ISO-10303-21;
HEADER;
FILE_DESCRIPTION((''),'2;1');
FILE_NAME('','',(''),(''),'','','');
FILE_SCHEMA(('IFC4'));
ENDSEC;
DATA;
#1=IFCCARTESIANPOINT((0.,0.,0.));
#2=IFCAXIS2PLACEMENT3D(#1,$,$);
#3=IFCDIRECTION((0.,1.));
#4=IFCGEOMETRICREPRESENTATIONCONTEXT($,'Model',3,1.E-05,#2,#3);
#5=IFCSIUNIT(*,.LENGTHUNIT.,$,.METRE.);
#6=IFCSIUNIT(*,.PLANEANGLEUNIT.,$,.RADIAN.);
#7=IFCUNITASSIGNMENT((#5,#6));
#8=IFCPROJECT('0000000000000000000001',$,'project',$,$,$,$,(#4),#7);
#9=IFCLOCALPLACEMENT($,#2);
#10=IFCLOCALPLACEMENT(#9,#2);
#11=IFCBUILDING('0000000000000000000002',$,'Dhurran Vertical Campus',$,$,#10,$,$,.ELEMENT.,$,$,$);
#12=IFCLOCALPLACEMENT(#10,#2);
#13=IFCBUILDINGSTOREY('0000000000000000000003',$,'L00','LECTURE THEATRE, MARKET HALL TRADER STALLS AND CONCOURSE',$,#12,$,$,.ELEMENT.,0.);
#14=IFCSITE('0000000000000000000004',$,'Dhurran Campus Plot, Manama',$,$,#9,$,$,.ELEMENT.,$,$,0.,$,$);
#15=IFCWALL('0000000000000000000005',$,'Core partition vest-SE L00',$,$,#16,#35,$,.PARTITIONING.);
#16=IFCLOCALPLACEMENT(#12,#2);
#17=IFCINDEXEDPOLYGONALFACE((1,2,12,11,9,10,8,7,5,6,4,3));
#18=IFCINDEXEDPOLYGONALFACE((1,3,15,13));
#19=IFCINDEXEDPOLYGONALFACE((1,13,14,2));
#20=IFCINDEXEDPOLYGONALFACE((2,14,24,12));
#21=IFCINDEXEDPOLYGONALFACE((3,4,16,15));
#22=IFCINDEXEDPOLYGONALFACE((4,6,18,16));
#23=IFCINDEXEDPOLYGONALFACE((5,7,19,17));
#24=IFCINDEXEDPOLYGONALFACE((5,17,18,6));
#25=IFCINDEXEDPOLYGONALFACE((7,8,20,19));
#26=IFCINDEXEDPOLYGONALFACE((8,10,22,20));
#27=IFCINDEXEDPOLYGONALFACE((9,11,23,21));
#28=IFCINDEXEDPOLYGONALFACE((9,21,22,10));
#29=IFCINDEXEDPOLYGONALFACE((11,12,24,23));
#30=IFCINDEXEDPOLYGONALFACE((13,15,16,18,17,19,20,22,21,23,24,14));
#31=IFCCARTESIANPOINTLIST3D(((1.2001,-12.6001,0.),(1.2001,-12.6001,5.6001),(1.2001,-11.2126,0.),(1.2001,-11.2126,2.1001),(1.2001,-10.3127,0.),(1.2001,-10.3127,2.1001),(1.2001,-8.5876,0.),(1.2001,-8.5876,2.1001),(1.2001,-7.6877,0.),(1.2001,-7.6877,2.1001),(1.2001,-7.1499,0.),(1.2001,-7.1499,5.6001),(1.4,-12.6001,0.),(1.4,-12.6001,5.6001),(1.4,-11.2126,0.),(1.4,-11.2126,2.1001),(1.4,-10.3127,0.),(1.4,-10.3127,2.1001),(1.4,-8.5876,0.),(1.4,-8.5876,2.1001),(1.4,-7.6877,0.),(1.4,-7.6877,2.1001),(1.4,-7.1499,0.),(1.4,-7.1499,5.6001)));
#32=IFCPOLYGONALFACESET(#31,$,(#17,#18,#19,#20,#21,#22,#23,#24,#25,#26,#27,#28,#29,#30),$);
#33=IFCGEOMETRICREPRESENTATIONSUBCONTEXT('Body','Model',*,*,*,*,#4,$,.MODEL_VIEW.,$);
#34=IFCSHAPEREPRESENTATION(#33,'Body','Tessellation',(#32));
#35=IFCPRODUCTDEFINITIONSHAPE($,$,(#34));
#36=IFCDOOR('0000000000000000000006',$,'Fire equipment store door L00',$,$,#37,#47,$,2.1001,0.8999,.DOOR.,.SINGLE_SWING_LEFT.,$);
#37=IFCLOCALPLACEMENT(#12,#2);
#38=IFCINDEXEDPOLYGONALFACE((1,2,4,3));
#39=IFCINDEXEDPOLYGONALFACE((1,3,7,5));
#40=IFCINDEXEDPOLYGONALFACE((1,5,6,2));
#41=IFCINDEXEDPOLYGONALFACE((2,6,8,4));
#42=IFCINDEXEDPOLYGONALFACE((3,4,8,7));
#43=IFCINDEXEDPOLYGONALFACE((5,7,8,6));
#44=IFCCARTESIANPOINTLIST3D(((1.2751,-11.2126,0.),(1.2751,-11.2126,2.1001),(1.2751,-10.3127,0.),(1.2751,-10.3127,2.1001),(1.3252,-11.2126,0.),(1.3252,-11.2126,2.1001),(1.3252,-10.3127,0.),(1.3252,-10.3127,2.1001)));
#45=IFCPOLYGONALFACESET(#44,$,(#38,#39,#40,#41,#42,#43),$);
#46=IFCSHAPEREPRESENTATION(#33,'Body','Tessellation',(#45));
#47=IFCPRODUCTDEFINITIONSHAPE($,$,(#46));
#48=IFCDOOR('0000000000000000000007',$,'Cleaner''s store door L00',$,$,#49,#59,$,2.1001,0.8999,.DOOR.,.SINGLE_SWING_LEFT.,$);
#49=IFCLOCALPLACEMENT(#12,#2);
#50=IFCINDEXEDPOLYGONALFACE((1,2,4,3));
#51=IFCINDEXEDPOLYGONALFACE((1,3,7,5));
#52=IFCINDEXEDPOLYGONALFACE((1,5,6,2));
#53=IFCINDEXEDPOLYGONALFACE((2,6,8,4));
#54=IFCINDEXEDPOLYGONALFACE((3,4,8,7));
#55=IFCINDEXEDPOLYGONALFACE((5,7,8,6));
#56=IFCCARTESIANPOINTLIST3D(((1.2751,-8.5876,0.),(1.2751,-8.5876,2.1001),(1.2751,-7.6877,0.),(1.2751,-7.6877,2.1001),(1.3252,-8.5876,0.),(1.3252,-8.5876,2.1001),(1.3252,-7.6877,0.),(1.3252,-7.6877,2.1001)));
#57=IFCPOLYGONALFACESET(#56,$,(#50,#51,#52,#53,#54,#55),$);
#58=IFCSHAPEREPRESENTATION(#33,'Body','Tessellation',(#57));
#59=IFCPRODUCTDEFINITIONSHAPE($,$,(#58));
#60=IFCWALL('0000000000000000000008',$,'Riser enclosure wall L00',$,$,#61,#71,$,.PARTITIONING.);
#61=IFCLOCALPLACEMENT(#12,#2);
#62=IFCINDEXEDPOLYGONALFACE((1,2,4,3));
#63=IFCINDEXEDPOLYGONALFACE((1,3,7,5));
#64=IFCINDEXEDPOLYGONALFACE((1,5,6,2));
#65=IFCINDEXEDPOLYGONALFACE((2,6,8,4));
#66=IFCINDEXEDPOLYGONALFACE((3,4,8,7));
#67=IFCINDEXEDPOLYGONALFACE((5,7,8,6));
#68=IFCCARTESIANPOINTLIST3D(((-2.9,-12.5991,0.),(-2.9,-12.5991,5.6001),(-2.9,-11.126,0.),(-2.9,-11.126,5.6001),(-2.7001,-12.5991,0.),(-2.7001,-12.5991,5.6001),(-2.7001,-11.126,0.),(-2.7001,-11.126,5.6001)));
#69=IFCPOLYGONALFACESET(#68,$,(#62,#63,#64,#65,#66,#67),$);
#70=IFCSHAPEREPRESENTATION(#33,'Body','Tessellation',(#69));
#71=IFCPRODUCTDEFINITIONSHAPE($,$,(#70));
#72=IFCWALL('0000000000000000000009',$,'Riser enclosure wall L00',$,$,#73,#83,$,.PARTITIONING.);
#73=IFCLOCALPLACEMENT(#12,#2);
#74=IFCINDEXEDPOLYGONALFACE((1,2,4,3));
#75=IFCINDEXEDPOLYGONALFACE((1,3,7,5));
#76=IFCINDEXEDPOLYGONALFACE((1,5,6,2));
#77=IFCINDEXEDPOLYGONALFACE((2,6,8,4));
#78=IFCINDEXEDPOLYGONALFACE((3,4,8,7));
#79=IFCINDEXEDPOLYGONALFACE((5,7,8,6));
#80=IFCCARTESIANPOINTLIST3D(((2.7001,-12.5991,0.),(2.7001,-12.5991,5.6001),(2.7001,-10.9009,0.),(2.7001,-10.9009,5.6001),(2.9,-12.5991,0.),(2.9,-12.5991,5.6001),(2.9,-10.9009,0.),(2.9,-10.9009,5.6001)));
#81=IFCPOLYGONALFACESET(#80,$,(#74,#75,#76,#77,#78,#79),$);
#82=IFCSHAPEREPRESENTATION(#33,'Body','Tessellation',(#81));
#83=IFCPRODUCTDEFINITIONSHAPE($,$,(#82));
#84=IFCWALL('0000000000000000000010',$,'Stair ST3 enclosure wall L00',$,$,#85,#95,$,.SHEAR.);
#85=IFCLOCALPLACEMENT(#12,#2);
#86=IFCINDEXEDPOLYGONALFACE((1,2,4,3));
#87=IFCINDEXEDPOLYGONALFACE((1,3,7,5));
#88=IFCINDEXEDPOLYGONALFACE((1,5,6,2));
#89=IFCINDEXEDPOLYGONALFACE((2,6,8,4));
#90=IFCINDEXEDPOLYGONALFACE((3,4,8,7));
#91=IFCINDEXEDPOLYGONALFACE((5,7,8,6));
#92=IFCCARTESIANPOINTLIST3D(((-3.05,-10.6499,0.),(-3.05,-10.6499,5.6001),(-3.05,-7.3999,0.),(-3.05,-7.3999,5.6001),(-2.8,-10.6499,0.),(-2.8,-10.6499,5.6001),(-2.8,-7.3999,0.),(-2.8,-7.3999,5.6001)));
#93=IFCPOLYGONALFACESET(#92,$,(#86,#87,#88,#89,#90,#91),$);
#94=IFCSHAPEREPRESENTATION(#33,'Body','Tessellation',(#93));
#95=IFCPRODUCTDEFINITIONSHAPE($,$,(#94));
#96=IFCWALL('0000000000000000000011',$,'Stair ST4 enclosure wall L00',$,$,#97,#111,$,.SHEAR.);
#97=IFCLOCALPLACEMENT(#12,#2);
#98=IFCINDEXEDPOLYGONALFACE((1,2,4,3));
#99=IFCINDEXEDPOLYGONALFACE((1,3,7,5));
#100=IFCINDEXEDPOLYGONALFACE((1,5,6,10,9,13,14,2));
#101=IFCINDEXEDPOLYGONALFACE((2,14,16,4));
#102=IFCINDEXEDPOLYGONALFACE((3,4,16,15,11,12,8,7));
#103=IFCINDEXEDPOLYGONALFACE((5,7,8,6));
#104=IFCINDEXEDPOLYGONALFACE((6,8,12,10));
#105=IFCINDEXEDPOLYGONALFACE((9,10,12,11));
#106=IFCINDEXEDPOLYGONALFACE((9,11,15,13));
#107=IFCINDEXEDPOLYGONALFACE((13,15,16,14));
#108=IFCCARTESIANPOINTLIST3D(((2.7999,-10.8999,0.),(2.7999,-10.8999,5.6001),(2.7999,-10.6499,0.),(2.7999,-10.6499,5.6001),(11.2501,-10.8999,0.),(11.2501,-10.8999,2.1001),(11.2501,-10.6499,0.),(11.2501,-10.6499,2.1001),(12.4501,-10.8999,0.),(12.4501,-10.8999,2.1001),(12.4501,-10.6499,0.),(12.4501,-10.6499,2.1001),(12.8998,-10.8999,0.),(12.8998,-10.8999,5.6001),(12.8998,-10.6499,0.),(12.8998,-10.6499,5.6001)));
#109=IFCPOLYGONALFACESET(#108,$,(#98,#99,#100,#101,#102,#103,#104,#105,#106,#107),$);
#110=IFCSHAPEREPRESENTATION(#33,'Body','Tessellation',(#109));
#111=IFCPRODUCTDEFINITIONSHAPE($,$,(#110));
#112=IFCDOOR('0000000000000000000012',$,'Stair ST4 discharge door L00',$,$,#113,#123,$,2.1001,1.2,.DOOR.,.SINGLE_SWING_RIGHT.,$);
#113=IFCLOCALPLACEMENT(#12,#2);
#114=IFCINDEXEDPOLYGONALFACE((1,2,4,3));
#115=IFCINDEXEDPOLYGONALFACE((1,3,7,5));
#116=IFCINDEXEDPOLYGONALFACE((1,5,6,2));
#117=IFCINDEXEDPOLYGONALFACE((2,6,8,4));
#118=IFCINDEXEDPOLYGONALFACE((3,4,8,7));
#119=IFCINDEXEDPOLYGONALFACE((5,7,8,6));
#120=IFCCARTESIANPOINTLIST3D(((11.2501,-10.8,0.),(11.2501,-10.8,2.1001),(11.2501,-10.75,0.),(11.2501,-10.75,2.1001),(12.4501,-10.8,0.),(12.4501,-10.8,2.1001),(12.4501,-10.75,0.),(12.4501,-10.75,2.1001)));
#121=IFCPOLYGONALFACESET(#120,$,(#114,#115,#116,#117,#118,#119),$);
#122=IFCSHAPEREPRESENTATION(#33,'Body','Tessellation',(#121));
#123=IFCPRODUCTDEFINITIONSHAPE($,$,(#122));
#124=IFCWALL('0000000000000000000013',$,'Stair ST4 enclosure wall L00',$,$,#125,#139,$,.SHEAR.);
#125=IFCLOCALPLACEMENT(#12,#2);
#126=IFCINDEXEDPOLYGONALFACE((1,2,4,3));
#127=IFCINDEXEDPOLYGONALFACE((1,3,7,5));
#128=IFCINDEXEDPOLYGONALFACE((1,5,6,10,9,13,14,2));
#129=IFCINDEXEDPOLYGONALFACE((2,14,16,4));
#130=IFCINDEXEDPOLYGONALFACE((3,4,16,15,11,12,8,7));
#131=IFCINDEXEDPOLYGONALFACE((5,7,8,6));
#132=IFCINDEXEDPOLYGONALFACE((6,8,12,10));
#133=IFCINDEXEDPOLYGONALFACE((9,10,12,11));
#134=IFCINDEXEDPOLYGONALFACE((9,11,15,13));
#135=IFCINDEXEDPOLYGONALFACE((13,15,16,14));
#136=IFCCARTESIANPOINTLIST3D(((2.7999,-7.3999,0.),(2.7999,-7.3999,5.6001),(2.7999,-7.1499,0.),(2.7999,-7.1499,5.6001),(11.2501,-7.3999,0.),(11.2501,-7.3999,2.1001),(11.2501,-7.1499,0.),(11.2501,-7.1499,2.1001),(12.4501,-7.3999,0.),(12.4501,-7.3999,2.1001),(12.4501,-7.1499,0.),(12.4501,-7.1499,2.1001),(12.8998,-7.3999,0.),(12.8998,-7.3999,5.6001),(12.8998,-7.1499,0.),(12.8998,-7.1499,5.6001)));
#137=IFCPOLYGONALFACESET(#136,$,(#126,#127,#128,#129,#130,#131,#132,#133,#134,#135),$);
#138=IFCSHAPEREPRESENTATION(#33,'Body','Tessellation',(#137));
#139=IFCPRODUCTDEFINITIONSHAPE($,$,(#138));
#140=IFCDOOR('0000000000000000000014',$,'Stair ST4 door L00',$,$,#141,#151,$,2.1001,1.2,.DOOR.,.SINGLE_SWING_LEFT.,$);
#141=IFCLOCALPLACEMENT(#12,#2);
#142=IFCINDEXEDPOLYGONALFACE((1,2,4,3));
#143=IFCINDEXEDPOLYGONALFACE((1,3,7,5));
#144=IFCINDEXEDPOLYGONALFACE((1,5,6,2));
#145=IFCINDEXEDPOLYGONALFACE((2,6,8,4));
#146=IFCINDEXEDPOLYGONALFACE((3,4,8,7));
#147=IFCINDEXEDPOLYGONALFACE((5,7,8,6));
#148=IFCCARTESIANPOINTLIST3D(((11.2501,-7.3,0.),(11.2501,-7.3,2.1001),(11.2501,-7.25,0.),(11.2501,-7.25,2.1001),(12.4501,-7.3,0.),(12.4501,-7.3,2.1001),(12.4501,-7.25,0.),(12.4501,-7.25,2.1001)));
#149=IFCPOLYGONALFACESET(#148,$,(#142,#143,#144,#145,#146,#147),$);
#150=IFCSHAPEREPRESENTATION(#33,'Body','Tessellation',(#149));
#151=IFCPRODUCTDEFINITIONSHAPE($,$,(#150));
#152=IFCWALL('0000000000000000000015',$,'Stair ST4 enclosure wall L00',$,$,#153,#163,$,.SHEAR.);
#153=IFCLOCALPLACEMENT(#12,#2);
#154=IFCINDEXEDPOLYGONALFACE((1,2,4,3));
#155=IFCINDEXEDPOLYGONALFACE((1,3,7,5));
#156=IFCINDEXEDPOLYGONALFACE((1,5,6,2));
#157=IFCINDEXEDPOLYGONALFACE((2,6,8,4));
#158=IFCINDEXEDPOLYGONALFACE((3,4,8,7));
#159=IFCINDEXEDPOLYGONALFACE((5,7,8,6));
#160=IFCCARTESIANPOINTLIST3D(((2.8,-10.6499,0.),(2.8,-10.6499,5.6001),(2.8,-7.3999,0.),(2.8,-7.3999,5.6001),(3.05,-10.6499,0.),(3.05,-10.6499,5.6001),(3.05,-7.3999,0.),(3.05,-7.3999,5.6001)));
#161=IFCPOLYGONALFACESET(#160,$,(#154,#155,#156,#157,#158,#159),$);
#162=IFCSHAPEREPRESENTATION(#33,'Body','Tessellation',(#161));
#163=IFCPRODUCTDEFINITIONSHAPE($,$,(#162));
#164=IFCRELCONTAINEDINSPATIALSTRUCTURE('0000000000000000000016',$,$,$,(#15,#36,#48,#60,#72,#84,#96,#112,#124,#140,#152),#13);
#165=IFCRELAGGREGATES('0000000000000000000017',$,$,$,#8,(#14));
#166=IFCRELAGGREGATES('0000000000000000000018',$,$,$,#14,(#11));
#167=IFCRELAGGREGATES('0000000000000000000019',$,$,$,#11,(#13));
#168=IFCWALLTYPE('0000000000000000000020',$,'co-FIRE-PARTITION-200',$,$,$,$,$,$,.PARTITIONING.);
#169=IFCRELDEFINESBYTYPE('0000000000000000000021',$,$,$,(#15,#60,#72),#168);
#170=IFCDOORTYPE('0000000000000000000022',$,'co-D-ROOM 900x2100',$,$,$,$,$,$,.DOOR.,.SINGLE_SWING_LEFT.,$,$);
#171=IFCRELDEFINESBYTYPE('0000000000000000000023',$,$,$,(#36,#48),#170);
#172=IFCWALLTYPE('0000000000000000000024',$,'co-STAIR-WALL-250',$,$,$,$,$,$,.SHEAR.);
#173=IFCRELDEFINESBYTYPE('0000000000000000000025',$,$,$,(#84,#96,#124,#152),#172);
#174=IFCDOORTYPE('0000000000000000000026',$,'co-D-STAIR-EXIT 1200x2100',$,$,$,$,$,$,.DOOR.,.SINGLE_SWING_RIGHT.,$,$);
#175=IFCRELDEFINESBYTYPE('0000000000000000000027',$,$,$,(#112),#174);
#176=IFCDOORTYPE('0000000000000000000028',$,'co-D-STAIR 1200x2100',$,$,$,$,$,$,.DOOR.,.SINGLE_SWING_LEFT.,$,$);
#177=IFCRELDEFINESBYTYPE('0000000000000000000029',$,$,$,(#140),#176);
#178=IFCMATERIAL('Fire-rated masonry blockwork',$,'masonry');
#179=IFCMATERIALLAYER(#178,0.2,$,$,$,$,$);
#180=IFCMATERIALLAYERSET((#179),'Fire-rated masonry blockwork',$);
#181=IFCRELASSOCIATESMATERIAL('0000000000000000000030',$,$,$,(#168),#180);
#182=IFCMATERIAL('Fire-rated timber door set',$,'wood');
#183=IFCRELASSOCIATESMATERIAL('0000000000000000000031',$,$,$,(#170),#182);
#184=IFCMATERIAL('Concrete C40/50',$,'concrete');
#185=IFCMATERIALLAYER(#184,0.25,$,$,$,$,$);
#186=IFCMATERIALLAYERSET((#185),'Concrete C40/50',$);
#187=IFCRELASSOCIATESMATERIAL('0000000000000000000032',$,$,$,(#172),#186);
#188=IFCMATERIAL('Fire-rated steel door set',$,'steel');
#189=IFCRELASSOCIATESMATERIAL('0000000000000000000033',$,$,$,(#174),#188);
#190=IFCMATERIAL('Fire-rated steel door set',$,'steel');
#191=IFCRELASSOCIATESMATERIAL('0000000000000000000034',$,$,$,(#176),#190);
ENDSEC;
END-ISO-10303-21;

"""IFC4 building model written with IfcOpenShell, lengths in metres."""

from ifc_helpers import new_model, si_unit, direction, frame, frame_2d, origin, place, context, subcontext, project, spatial, rectangle, extrude, material, layer, layer_set, type_object, element, fill, save


model = new_model("IFC4")

# Units and contexts
model_context = context("Model", 3, precision=1e-05, world=origin(), true_north=direction((0.0, 1.0)))
body_context = subcontext(model_context, "Body", "Model", "MODEL_VIEW")
ifc_project = project(units=[si_unit("LENGTHUNIT", "METRE"), si_unit("PLANEANGLEUNIT", "RADIAN")], contexts=[model_context])

# Site, building, storey
site_placement = place(None, origin())
site = spatial("IfcSite", under=ifc_project, at=site_placement, Name="Dhurran Campus Plot, Manama", CompositionType="ELEMENT", RefElevation=0.0)
building_placement = place(site_placement, origin())
building = spatial("IfcBuilding", under=site, at=building_placement, Name="Dhurran Vertical Campus", CompositionType="ELEMENT")
storey_placement = place(building_placement, origin())
storey = spatial("IfcBuildingStorey", under=building, at=storey_placement, Name="L00", Description="LECTURE THEATRE, MARKET HALL TRADER STALLS AND CONCOURSE", CompositionType="ELEMENT", Elevation=0.0)

# Shared definitions
ifc_material_1 = material(Name="Fire-rated masonry blockwork", Category="masonry")
ifc_layer_1 = layer(ifc_material_1, 0.2)
ifc_layer_set_1 = layer_set([ifc_layer_1], Name="Fire-rated masonry blockwork")
wall_type_1 = type_object("IfcWallType", Name="co-FIRE-PARTITION-200", PredefinedType="PARTITIONING", material=ifc_layer_set_1)

# Wall, openings, doors
ifc_material_2 = material(Name="Fire-rated timber door set", Category="wood")
door_type_1 = type_object("IfcDoorType", Name="co-D-ROOM 900x2100", OperationType="SINGLE_SWING_LEFT", PredefinedType="DOOR", material=ifc_material_2)
wall_1_placement = place(storey_placement, frame((1.3, -12.6001, 0.0), z_axis=(0.0, 0.0, 1.0), x_axis=(0.0, 1.0, 0.0)))
wall_1 = element("IfcWall", 1, at=wall_1_placement, inside=storey, type_object=wall_type_1, Name="Core partition vest-SE L00", PredefinedType="PARTITIONING", context=body_context, shape_type="SweptSolid", body=[
    extrude(rectangle(XDim=5.4502, YDim=0.2, at=frame_2d((2.7251, 0.0))), origin(), (0.0, 0.0, 1.0), 5.6001),
])
opening_1_placement = place(wall_1_placement, frame((1.3875, 0.0, 0.0)))
opening_1 = element("IfcOpeningElement", 2, at=opening_1_placement, cuts=wall_1, PredefinedType="OPENING", context=body_context, shape_type="SweptSolid", body=[
    extrude(rectangle(XDim=0.8999, YDim=2.1001, at=frame_2d((0.45, 1.05))), frame((0.0, 0.1099, 0.0), z_axis=(0.0, -1.0, 0.0), x_axis=(1.0, 0.0, 0.0)), (0.0, 0.0, 1.0), 0.22),
])
opening_2_placement = place(wall_1_placement, frame((4.0125, 0.0, 0.0)))
opening_2 = element("IfcOpeningElement", 3, at=opening_2_placement, cuts=wall_1, PredefinedType="OPENING", context=body_context, shape_type="SweptSolid", body=[
    extrude(rectangle(XDim=0.8999, YDim=2.1001, at=frame_2d((0.45, 1.05))), frame((0.0, 0.1099, 0.0), z_axis=(0.0, -1.0, 0.0), x_axis=(1.0, 0.0, 0.0)), (0.0, 0.0, 1.0), 0.22),
])
door_1_placement = place(opening_1_placement, origin())
door_1 = element("IfcDoor", 4, at=door_1_placement, inside=storey, type_object=door_type_1, Name="Fire equipment store door L00", OperationType="SINGLE_SWING_LEFT", OverallHeight=2.1001, OverallWidth=0.8999, PredefinedType="DOOR", context=body_context, shape_type="SweptSolid", body=[
    extrude(rectangle(XDim=0.8999, YDim=2.1001, at=frame_2d((0.45, 1.05))), frame((0.0, 0.0249, 0.0), z_axis=(0.0, -1.0, 0.0), x_axis=(1.0, 0.0, 0.0)), (0.0, 0.0, 1.0), 0.05),
])
fill(opening_1, door_1)
door_2_placement = place(opening_2_placement, origin())
door_2 = element("IfcDoor", 5, at=door_2_placement, inside=storey, type_object=door_type_1, Name="Cleaner's store door L00", OperationType="SINGLE_SWING_LEFT", OverallHeight=2.1001, OverallWidth=0.8999, PredefinedType="DOOR", context=body_context, shape_type="SweptSolid", body=[
    extrude(rectangle(XDim=0.8999, YDim=2.1001, at=frame_2d((0.45, 1.05))), frame((0.0, 0.0249, 0.0), z_axis=(0.0, -1.0, 0.0), x_axis=(1.0, 0.0, 0.0)), (0.0, 0.0, 1.0), 0.05),
])
fill(opening_2, door_2)

# Walls
wall_2_placement = place(storey_placement, frame((-2.8, -12.5991, 0.0), z_axis=(0.0, 0.0, 1.0), x_axis=(0.0, 1.0, 0.0)))
element("IfcWall", 6, at=wall_2_placement, inside=storey, type_object=wall_type_1, Name="Riser enclosure wall L00", PredefinedType="PARTITIONING", context=body_context, shape_type="SweptSolid", body=[
    extrude(rectangle(XDim=1.4731, YDim=0.2, at=frame_2d((0.7366, 0.0))), origin(), (0.0, 0.0, 1.0), 5.6001),
])
wall_3_placement = place(storey_placement, frame((2.8, -10.9009, 0.0), z_axis=(0.0, 0.0, 1.0), x_axis=(0.0, -1.0, 0.0)))
element("IfcWall", 7, at=wall_3_placement, inside=storey, type_object=wall_type_1, Name="Riser enclosure wall L00", PredefinedType="PARTITIONING", context=body_context, shape_type="SweptSolid", body=[
    extrude(rectangle(XDim=1.6982, YDim=0.2, at=frame_2d((0.8491, 0.0))), origin(), (0.0, 0.0, 1.0), 5.6001),
])
ifc_material_3 = material(Name="Concrete C40/50", Category="concrete")
ifc_layer_2 = layer(ifc_material_3, 0.25)
ifc_layer_set_2 = layer_set([ifc_layer_2], Name="Concrete C40/50")
wall_type_2 = type_object("IfcWallType", Name="co-STAIR-WALL-250", PredefinedType="SHEAR", material=ifc_layer_set_2)
wall_4_placement = place(storey_placement, frame((-2.925, -10.6499, 0.0), z_axis=(0.0, 0.0, 1.0), x_axis=(0.0, 1.0, 0.0)))
element("IfcWall", 8, at=wall_4_placement, inside=storey, type_object=wall_type_2, Name="Stair ST3 enclosure wall L00", PredefinedType="SHEAR", context=body_context, shape_type="SweptSolid", body=[
    extrude(rectangle(XDim=3.25, YDim=0.25, at=frame_2d((1.625, 0.0))), origin(), (0.0, 0.0, 1.0), 5.6001),
])

# Walls, openings, doors
wall_5_placement = place(storey_placement, frame((2.8, -10.7749, 0.0), z_axis=(0.0, 0.0, 1.0), x_axis=(1.0, 0.0, 0.0)))
wall_5 = element("IfcWall", 9, at=wall_5_placement, inside=storey, type_object=wall_type_2, Name="Stair ST4 enclosure wall L00", PredefinedType="SHEAR", context=body_context, shape_type="SweptSolid", body=[
    extrude(rectangle(XDim=10.0999, YDim=0.25, at=frame_2d((5.0498, 0.0))), origin(), (0.0, 0.0, 1.0), 5.6001),
])
opening_3_placement = place(wall_5_placement, frame((8.45, 0.0, 0.0)))
opening_3 = element("IfcOpeningElement", 10, at=opening_3_placement, cuts=wall_5, PredefinedType="OPENING", context=body_context, shape_type="SweptSolid", body=[
    extrude(rectangle(XDim=1.2, YDim=2.1001, at=frame_2d((0.6001, 1.05))), frame((0.0, 0.135, 0.0), z_axis=(0.0, -1.0, 0.0), x_axis=(1.0, 0.0, 0.0)), (0.0, 0.0, 1.0), 0.27),
])
ifc_material_4 = material(Name="Fire-rated steel door set", Category="steel")
door_type_2 = type_object("IfcDoorType", Name="co-D-STAIR-EXIT 1200x2100", OperationType="SINGLE_SWING_RIGHT", PredefinedType="DOOR", material=ifc_material_4)
door_3_placement = place(opening_3_placement, origin())
door_3 = element("IfcDoor", 11, at=door_3_placement, inside=storey, type_object=door_type_2, Name="Stair ST4 discharge door L00", OperationType="SINGLE_SWING_RIGHT", OverallHeight=2.1001, OverallWidth=1.2, PredefinedType="DOOR", context=body_context, shape_type="SweptSolid", body=[
    extrude(rectangle(XDim=1.2, YDim=2.1001, at=frame_2d((0.6001, 1.05))), frame((0.0, 0.0249, 0.0), z_axis=(0.0, -1.0, 0.0), x_axis=(1.0, 0.0, 0.0)), (0.0, 0.0, 1.0), 0.05),
])
fill(opening_3, door_3)
wall_6_placement = place(storey_placement, frame((2.8, -7.2749, 0.0), z_axis=(0.0, 0.0, 1.0), x_axis=(1.0, 0.0, 0.0)))
wall_6 = element("IfcWall", 12, at=wall_6_placement, inside=storey, type_object=wall_type_2, Name="Stair ST4 enclosure wall L00", PredefinedType="SHEAR", context=body_context, shape_type="SweptSolid", body=[
    extrude(rectangle(XDim=10.0999, YDim=0.25, at=frame_2d((5.0498, 0.0))), origin(), (0.0, 0.0, 1.0), 5.6001),
])
opening_4_placement = place(wall_6_placement, frame((8.45, 0.0, 0.0)))
opening_4 = element("IfcOpeningElement", 13, at=opening_4_placement, cuts=wall_6, PredefinedType="OPENING", context=body_context, shape_type="SweptSolid", body=[
    extrude(rectangle(XDim=1.2, YDim=2.1001, at=frame_2d((0.6001, 1.05))), frame((0.0, 0.135, 0.0), z_axis=(0.0, -1.0, 0.0), x_axis=(1.0, 0.0, 0.0)), (0.0, 0.0, 1.0), 0.27),
])
ifc_material_5 = material(Name="Fire-rated steel door set", Category="steel")
door_type_3 = type_object("IfcDoorType", Name="co-D-STAIR 1200x2100", OperationType="SINGLE_SWING_LEFT", PredefinedType="DOOR", material=ifc_material_5)
door_4_placement = place(opening_4_placement, origin())
door_4 = element("IfcDoor", 14, at=door_4_placement, inside=storey, type_object=door_type_3, Name="Stair ST4 door L00", OperationType="SINGLE_SWING_LEFT", OverallHeight=2.1001, OverallWidth=1.2, PredefinedType="DOOR", context=body_context, shape_type="SweptSolid", body=[
    extrude(rectangle(XDim=1.2, YDim=2.1001, at=frame_2d((0.6001, 1.05))), frame((0.0, 0.0249, 0.0), z_axis=(0.0, -1.0, 0.0), x_axis=(1.0, 0.0, 0.0)), (0.0, 0.0, 1.0), 0.05),
])
fill(opening_4, door_4)

# Wall
wall_7_placement = place(storey_placement, frame((2.925, -10.6499, 0.0), z_axis=(0.0, 0.0, 1.0), x_axis=(0.0, 1.0, 0.0)))
element("IfcWall", 15, at=wall_7_placement, inside=storey, type_object=wall_type_2, Name="Stair ST4 enclosure wall L00", PredefinedType="SHEAR", context=body_context, shape_type="SweptSolid", body=[
    extrude(rectangle(XDim=3.25, YDim=0.25, at=frame_2d((1.625, 0.0))), origin(), (0.0, 0.0, 1.0), 5.6001),
])

save(model, "model.ifc")
